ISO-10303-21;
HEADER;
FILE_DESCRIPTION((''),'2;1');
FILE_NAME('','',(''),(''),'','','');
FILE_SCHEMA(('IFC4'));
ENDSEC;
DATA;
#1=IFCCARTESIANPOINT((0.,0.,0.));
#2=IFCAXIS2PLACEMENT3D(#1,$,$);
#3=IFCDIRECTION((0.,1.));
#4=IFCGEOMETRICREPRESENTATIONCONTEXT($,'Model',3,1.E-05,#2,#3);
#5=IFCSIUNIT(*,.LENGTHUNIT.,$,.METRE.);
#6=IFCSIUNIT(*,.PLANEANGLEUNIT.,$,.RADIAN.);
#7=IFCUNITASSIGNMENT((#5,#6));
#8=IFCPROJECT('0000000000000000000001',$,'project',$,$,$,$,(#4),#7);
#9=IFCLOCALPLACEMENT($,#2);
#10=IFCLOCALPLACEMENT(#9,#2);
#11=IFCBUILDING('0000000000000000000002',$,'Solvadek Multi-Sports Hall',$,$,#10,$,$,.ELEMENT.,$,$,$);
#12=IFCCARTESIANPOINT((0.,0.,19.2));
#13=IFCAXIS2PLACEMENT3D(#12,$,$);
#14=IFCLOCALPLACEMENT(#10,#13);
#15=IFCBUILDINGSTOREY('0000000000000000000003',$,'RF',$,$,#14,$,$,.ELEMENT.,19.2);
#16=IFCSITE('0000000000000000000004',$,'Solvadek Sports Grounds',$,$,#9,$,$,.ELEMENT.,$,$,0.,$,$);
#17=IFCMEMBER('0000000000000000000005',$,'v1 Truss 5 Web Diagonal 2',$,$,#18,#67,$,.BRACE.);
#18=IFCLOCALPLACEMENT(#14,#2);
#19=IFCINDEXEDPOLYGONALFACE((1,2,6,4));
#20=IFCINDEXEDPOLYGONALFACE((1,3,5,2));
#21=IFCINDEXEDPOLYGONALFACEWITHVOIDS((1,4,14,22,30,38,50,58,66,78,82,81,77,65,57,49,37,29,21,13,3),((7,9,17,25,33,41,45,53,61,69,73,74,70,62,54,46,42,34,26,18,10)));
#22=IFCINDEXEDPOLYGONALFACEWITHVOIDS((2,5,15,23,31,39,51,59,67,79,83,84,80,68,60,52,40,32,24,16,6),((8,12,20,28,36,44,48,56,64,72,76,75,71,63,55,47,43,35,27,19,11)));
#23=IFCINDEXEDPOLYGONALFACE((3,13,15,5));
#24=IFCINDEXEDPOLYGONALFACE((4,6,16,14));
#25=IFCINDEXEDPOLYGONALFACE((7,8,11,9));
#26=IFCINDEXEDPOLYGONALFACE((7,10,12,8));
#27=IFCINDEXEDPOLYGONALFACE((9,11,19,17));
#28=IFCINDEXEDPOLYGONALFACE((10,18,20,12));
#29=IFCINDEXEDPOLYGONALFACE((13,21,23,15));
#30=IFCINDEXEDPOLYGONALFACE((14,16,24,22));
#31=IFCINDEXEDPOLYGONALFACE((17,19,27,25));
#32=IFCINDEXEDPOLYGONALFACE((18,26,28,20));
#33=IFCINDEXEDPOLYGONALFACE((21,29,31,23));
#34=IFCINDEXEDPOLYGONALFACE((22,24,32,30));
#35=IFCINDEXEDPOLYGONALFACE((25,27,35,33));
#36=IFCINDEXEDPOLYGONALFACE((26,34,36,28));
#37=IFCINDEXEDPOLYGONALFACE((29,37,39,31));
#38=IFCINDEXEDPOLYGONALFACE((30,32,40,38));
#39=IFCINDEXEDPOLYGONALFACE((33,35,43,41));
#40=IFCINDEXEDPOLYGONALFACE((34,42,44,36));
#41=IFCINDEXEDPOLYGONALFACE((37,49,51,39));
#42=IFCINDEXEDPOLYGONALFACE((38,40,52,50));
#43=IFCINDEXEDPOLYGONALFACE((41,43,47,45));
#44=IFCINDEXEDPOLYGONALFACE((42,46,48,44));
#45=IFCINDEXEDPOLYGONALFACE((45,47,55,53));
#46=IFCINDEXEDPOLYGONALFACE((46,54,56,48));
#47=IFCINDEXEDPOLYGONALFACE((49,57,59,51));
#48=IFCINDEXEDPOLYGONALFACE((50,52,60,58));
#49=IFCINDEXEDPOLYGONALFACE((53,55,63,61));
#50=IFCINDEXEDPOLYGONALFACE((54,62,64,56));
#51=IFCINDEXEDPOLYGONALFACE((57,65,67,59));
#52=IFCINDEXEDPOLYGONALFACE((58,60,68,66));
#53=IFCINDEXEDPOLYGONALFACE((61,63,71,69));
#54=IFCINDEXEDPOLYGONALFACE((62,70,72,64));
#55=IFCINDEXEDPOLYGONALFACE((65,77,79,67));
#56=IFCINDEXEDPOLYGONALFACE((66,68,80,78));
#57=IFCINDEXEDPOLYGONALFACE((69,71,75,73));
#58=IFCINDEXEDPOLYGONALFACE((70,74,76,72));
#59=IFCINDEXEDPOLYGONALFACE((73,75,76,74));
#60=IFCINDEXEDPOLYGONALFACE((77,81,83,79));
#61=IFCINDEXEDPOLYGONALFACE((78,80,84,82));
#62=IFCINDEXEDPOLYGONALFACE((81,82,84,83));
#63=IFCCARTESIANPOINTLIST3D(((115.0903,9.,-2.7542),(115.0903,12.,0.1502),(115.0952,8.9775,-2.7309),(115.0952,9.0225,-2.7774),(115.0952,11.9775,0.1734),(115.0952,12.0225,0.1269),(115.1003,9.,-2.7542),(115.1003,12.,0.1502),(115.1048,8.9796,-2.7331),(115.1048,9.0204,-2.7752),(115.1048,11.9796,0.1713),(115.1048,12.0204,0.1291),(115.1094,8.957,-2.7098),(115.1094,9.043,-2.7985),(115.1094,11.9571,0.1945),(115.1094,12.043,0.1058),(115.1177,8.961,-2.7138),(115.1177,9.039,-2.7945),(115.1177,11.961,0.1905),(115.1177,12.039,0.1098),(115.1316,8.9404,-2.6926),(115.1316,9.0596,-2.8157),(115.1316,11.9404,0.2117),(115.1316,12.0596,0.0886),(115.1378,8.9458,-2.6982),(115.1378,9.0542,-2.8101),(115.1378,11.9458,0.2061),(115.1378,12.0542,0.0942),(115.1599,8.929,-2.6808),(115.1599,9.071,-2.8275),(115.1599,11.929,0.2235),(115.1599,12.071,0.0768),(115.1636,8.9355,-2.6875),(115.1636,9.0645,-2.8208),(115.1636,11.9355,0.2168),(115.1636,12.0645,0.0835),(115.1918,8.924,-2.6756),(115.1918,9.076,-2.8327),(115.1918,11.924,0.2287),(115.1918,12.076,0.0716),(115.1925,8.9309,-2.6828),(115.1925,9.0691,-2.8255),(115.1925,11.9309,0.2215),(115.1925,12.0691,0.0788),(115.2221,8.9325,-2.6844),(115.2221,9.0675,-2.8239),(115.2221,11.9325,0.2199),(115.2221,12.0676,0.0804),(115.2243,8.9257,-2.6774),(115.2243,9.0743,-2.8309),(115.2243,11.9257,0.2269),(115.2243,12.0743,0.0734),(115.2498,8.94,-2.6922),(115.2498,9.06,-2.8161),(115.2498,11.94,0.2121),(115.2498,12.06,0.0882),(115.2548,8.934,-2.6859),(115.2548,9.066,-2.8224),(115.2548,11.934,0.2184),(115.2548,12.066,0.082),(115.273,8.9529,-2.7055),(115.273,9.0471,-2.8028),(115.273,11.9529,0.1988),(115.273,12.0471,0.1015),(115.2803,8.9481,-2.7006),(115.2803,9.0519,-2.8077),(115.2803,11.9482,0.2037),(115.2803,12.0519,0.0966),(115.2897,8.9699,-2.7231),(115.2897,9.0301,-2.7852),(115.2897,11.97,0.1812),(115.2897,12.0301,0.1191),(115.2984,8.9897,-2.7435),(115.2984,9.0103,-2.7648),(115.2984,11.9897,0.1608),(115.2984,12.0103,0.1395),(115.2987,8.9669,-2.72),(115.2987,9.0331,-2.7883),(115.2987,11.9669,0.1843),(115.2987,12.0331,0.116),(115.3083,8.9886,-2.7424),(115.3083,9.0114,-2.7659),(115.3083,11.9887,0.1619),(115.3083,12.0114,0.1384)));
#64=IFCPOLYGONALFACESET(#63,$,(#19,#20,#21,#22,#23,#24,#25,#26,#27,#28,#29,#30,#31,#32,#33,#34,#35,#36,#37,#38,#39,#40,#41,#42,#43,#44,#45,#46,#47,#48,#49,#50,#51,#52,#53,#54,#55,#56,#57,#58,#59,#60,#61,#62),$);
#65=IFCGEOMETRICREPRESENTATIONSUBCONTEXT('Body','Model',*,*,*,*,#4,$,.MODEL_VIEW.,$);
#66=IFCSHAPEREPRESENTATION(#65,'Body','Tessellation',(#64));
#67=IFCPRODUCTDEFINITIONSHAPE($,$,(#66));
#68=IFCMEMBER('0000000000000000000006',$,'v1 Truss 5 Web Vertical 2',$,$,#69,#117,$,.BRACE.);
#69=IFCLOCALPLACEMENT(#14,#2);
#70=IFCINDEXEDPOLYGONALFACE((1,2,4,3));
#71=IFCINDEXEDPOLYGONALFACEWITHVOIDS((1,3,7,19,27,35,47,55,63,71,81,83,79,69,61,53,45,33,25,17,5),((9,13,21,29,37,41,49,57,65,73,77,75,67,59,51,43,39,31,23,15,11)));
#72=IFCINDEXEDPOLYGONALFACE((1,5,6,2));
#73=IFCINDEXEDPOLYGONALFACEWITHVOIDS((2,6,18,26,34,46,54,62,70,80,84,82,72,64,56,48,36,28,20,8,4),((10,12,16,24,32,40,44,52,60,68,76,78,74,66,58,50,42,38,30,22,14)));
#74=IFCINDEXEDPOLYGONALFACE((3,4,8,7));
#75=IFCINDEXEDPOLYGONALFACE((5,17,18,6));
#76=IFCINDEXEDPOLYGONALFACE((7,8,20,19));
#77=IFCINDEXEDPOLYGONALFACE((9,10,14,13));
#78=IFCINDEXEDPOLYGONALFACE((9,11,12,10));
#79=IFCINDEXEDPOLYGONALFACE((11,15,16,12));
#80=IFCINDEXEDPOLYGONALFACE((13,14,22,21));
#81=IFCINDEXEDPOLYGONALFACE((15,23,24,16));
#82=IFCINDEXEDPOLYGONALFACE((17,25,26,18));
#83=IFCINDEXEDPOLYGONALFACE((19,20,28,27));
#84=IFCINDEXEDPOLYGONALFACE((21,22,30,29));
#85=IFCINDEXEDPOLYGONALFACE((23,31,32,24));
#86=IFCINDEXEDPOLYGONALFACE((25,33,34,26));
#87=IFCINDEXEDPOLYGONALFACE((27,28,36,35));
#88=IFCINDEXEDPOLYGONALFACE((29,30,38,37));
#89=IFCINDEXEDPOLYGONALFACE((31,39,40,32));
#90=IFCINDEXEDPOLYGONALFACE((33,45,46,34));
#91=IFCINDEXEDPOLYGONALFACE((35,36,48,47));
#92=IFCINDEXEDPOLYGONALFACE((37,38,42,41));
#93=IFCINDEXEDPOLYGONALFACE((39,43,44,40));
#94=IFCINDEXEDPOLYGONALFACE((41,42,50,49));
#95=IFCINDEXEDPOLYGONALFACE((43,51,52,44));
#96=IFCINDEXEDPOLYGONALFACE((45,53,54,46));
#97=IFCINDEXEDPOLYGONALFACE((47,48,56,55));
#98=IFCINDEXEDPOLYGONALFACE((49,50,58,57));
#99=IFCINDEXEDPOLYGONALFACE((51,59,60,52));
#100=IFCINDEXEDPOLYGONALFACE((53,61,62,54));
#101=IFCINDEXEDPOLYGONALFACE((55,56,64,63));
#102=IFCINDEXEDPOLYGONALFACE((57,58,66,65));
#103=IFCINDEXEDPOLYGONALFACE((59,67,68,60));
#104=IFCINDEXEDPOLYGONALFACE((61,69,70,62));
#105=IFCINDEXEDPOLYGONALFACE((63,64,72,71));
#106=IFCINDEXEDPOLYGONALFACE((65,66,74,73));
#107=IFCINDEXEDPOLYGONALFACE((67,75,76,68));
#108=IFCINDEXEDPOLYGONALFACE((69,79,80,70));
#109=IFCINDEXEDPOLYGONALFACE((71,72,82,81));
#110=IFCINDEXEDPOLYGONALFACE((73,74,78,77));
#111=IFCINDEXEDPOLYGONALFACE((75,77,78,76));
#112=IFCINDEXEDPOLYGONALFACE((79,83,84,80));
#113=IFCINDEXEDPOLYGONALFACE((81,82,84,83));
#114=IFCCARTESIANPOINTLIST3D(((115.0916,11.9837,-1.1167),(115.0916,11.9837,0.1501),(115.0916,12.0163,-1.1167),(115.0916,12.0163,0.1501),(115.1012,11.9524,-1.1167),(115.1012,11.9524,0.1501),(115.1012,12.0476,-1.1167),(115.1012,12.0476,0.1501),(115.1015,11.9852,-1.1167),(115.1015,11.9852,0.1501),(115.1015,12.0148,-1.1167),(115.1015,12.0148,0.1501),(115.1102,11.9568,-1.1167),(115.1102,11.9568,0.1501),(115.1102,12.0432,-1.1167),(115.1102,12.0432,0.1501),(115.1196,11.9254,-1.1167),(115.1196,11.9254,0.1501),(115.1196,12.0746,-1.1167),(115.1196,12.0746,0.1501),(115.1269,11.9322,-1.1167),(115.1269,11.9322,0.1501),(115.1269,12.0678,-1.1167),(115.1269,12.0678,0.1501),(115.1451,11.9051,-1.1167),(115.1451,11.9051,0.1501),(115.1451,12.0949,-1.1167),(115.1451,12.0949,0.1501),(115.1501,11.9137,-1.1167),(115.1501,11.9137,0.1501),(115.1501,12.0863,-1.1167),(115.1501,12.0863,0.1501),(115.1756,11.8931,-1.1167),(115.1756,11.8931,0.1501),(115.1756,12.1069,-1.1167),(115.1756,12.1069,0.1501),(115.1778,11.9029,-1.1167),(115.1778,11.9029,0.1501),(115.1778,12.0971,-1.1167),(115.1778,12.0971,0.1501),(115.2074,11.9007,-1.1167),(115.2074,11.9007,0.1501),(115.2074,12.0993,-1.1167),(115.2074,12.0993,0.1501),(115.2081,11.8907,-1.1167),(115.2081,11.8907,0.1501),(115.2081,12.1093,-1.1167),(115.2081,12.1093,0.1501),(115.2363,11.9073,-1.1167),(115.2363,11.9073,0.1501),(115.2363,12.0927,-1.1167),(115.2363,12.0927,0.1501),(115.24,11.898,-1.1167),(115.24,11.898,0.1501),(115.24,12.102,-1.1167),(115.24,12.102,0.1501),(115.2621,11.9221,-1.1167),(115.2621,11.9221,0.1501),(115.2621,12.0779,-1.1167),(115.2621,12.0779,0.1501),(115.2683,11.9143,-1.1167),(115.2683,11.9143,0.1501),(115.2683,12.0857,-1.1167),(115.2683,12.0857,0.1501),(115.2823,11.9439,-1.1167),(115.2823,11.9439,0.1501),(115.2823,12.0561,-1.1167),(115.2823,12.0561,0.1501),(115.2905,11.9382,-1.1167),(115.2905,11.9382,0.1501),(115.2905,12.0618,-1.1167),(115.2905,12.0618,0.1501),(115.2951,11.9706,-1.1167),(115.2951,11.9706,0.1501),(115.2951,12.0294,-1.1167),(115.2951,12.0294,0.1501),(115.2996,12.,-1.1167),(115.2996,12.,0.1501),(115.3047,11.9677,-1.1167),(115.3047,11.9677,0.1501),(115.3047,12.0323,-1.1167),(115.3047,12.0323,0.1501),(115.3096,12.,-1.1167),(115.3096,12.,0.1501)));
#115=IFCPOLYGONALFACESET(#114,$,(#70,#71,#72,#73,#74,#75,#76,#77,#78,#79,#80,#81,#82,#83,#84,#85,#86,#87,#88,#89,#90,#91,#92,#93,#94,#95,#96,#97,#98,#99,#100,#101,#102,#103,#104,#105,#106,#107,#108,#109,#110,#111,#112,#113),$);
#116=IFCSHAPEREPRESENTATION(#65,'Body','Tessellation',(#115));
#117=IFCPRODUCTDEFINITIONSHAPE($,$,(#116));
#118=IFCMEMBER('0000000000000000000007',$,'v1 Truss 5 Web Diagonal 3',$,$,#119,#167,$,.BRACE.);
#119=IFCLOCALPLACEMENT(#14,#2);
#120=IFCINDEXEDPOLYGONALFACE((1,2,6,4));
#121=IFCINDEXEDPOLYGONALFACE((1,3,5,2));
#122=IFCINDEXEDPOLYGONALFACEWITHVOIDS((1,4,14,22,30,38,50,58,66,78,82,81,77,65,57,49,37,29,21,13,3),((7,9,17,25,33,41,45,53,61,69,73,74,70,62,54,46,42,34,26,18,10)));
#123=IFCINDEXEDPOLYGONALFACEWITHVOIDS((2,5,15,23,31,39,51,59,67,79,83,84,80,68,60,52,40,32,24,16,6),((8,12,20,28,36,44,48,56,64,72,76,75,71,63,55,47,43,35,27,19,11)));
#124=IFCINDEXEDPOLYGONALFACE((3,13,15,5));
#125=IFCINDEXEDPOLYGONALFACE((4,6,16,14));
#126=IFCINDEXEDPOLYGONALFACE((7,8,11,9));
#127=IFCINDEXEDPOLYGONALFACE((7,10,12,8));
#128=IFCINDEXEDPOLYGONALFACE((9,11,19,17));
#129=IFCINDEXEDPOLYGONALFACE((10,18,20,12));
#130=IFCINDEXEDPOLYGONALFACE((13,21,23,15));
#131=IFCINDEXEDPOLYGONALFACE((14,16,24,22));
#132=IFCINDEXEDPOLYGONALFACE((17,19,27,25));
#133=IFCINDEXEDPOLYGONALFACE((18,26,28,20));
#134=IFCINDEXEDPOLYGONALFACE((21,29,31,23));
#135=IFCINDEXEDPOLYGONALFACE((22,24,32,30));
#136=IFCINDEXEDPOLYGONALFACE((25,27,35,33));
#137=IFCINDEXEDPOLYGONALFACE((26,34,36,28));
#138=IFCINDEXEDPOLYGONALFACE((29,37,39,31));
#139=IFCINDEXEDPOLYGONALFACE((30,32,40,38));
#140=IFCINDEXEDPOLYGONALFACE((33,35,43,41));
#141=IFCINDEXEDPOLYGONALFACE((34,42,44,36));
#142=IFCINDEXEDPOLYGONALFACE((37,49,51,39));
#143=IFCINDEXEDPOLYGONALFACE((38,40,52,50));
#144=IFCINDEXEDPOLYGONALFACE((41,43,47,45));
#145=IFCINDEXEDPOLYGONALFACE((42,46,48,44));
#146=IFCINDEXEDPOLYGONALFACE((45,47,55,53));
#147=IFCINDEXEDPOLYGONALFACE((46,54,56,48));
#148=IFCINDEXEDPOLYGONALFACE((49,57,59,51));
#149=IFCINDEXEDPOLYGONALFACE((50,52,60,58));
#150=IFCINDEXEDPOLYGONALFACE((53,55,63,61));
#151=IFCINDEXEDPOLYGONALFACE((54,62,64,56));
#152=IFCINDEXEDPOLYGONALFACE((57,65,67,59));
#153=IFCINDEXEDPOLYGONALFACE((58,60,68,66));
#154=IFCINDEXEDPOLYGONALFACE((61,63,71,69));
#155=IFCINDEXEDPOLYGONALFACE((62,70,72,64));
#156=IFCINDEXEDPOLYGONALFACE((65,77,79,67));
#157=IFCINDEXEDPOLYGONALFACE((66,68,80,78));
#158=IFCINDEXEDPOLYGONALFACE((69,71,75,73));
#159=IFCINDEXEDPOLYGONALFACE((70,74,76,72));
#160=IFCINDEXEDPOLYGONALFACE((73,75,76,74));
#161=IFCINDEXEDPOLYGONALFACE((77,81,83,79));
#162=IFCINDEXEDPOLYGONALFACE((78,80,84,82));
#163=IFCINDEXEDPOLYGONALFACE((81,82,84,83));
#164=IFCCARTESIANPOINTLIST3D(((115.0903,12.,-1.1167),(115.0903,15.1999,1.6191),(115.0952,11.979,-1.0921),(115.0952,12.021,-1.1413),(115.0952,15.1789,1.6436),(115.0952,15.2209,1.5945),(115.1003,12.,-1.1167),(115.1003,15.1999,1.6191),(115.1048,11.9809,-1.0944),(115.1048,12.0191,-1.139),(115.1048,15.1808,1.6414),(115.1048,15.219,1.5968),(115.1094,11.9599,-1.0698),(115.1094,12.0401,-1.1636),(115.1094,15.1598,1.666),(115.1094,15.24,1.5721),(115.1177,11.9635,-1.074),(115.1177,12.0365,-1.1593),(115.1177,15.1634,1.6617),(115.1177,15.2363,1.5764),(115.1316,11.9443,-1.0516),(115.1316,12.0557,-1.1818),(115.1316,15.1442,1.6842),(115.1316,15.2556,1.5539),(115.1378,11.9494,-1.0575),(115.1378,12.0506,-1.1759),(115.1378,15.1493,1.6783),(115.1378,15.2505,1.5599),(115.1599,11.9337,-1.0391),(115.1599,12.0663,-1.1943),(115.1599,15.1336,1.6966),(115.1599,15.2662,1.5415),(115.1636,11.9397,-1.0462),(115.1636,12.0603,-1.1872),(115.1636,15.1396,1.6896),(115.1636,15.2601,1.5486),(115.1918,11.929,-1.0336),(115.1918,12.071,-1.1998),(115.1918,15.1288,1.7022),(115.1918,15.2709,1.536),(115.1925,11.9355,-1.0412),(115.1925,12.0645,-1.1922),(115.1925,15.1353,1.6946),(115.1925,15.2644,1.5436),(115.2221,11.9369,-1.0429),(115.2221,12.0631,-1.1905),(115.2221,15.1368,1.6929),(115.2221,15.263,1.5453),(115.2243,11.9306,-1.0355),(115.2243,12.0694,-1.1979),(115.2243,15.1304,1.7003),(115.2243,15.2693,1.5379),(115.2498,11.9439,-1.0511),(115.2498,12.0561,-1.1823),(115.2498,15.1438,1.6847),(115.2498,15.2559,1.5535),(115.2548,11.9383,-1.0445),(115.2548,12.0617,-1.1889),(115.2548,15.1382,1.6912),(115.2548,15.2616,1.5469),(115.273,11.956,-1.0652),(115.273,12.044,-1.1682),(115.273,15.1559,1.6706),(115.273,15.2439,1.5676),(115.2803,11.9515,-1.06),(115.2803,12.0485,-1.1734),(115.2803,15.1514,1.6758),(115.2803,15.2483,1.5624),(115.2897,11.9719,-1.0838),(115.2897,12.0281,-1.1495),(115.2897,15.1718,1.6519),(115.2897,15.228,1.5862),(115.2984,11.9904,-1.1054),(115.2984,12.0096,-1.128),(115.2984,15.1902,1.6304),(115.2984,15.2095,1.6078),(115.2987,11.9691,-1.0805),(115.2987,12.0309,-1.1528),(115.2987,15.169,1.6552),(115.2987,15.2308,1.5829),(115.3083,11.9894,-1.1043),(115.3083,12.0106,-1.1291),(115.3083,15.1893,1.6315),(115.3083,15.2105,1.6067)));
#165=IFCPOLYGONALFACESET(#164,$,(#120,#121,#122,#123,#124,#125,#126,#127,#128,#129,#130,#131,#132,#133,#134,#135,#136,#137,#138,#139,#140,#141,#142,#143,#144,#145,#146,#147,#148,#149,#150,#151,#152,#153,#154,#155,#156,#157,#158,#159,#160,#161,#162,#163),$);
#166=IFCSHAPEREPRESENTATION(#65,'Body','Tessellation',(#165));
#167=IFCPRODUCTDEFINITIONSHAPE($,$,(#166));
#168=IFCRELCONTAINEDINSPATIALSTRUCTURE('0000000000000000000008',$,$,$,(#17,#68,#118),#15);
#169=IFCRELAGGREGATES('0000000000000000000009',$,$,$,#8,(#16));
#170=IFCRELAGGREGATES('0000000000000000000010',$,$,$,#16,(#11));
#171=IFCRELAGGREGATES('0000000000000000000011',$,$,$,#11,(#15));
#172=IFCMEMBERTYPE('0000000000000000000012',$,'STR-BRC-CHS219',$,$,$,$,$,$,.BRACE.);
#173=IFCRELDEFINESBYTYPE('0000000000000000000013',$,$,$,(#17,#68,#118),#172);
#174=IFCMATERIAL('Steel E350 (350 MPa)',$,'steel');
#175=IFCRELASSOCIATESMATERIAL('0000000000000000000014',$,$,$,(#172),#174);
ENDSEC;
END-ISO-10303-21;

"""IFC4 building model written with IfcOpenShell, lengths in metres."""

from ifc_helpers import new_model, si_unit, direction, frame, origin, origin_2d, place, context, subcontext, project, spatial, hollow_circle, extrude, material, material_profile, profile_set, type_object, element, save


model = new_model("IFC4")

# Units and contexts
model_context = context("Model", 3, precision=1e-05, world=origin(), true_north=direction((0.0, 1.0)))
body_context = subcontext(model_context, "Body", "Model", "MODEL_VIEW")
ifc_project = project(units=[si_unit("LENGTHUNIT", "METRE"), si_unit("PLANEANGLEUNIT", "RADIAN")], contexts=[model_context])

# Site, building, storey
site_placement = place(None, origin())
site = spatial("IfcSite", under=ifc_project, at=site_placement, Name="Solvadek Sports Grounds", CompositionType="ELEMENT", RefElevation=0.0)
building_placement = place(site_placement, origin())
building = spatial("IfcBuilding", under=site, at=building_placement, Name="Solvadek Multi-Sports Hall", CompositionType="ELEMENT")
storey_placement = place(building_placement, frame((0.0, 0.0, 19.2)))
storey = spatial("IfcBuildingStorey", under=building, at=storey_placement, Name="RF", CompositionType="ELEMENT", Elevation=19.2)

# Shared definitions
ifc_material_1 = material(Name="Steel E350 (350 MPa)", Category="steel")

# Members
ifc_material_profile_1 = material_profile(ifc_material_1, hollow_circle(Radius=0.1096, WallThickness=0.01, at=origin_2d()), Name="CHS 219.1x10")
ifc_profile_set_1 = profile_set([ifc_material_profile_1], Name="Steel E350 (350 MPa)")
member_type_1 = type_object("IfcMemberType", Name="STR-BRC-CHS219", PredefinedType="BRACE", material=ifc_profile_set_1)
member_1_placement = place(storey_placement, frame((115.2, 9.0, -2.7542), z_axis=(0.0, 0.718474, 0.695554), x_axis=(-1.0, 0.0, 0.0)))
element("IfcMember", 1, at=member_1_placement, inside=storey, type_object=member_type_1, Name="v1 Truss 5 Web Diagonal 2", PredefinedType="BRACE", context=body_context, shape_type="SweptSolid", body=[
    extrude(hollow_circle(Radius=0.1096, WallThickness=0.01, at=origin_2d()), origin(), (0.0, 0.0, 1.0), 4.1755),
])
member_2_placement = place(storey_placement, frame((115.2, 12.0, -1.1167), z_axis=(0.0, 0.0, 1.0), x_axis=(1.0, 0.0, 0.0)))
element("IfcMember", 2, at=member_2_placement, inside=storey, type_object=member_type_1, Name="v1 Truss 5 Web Vertical 2", PredefinedType="BRACE", context=body_context, shape_type="SweptSolid", body=[
    extrude(hollow_circle(Radius=0.1096, WallThickness=0.01, at=origin_2d()), origin(), (0.0, 0.0, 1.0), 1.2668),
])
member_3_placement = place(storey_placement, frame((115.2, 12.0, -1.1167), z_axis=(0.0, 0.760075, 0.649836), x_axis=(-1.0, 0.0, 0.0)))
element("IfcMember", 3, at=member_3_placement, inside=storey, type_object=member_type_1, Name="v1 Truss 5 Web Diagonal 3", PredefinedType="BRACE", context=body_context, shape_type="SweptSolid", body=[
    extrude(hollow_circle(Radius=0.1096, WallThickness=0.01, at=origin_2d()), origin(), (0.0, 0.0, 1.0), 4.21),
])

save(model, "model.ifc")
